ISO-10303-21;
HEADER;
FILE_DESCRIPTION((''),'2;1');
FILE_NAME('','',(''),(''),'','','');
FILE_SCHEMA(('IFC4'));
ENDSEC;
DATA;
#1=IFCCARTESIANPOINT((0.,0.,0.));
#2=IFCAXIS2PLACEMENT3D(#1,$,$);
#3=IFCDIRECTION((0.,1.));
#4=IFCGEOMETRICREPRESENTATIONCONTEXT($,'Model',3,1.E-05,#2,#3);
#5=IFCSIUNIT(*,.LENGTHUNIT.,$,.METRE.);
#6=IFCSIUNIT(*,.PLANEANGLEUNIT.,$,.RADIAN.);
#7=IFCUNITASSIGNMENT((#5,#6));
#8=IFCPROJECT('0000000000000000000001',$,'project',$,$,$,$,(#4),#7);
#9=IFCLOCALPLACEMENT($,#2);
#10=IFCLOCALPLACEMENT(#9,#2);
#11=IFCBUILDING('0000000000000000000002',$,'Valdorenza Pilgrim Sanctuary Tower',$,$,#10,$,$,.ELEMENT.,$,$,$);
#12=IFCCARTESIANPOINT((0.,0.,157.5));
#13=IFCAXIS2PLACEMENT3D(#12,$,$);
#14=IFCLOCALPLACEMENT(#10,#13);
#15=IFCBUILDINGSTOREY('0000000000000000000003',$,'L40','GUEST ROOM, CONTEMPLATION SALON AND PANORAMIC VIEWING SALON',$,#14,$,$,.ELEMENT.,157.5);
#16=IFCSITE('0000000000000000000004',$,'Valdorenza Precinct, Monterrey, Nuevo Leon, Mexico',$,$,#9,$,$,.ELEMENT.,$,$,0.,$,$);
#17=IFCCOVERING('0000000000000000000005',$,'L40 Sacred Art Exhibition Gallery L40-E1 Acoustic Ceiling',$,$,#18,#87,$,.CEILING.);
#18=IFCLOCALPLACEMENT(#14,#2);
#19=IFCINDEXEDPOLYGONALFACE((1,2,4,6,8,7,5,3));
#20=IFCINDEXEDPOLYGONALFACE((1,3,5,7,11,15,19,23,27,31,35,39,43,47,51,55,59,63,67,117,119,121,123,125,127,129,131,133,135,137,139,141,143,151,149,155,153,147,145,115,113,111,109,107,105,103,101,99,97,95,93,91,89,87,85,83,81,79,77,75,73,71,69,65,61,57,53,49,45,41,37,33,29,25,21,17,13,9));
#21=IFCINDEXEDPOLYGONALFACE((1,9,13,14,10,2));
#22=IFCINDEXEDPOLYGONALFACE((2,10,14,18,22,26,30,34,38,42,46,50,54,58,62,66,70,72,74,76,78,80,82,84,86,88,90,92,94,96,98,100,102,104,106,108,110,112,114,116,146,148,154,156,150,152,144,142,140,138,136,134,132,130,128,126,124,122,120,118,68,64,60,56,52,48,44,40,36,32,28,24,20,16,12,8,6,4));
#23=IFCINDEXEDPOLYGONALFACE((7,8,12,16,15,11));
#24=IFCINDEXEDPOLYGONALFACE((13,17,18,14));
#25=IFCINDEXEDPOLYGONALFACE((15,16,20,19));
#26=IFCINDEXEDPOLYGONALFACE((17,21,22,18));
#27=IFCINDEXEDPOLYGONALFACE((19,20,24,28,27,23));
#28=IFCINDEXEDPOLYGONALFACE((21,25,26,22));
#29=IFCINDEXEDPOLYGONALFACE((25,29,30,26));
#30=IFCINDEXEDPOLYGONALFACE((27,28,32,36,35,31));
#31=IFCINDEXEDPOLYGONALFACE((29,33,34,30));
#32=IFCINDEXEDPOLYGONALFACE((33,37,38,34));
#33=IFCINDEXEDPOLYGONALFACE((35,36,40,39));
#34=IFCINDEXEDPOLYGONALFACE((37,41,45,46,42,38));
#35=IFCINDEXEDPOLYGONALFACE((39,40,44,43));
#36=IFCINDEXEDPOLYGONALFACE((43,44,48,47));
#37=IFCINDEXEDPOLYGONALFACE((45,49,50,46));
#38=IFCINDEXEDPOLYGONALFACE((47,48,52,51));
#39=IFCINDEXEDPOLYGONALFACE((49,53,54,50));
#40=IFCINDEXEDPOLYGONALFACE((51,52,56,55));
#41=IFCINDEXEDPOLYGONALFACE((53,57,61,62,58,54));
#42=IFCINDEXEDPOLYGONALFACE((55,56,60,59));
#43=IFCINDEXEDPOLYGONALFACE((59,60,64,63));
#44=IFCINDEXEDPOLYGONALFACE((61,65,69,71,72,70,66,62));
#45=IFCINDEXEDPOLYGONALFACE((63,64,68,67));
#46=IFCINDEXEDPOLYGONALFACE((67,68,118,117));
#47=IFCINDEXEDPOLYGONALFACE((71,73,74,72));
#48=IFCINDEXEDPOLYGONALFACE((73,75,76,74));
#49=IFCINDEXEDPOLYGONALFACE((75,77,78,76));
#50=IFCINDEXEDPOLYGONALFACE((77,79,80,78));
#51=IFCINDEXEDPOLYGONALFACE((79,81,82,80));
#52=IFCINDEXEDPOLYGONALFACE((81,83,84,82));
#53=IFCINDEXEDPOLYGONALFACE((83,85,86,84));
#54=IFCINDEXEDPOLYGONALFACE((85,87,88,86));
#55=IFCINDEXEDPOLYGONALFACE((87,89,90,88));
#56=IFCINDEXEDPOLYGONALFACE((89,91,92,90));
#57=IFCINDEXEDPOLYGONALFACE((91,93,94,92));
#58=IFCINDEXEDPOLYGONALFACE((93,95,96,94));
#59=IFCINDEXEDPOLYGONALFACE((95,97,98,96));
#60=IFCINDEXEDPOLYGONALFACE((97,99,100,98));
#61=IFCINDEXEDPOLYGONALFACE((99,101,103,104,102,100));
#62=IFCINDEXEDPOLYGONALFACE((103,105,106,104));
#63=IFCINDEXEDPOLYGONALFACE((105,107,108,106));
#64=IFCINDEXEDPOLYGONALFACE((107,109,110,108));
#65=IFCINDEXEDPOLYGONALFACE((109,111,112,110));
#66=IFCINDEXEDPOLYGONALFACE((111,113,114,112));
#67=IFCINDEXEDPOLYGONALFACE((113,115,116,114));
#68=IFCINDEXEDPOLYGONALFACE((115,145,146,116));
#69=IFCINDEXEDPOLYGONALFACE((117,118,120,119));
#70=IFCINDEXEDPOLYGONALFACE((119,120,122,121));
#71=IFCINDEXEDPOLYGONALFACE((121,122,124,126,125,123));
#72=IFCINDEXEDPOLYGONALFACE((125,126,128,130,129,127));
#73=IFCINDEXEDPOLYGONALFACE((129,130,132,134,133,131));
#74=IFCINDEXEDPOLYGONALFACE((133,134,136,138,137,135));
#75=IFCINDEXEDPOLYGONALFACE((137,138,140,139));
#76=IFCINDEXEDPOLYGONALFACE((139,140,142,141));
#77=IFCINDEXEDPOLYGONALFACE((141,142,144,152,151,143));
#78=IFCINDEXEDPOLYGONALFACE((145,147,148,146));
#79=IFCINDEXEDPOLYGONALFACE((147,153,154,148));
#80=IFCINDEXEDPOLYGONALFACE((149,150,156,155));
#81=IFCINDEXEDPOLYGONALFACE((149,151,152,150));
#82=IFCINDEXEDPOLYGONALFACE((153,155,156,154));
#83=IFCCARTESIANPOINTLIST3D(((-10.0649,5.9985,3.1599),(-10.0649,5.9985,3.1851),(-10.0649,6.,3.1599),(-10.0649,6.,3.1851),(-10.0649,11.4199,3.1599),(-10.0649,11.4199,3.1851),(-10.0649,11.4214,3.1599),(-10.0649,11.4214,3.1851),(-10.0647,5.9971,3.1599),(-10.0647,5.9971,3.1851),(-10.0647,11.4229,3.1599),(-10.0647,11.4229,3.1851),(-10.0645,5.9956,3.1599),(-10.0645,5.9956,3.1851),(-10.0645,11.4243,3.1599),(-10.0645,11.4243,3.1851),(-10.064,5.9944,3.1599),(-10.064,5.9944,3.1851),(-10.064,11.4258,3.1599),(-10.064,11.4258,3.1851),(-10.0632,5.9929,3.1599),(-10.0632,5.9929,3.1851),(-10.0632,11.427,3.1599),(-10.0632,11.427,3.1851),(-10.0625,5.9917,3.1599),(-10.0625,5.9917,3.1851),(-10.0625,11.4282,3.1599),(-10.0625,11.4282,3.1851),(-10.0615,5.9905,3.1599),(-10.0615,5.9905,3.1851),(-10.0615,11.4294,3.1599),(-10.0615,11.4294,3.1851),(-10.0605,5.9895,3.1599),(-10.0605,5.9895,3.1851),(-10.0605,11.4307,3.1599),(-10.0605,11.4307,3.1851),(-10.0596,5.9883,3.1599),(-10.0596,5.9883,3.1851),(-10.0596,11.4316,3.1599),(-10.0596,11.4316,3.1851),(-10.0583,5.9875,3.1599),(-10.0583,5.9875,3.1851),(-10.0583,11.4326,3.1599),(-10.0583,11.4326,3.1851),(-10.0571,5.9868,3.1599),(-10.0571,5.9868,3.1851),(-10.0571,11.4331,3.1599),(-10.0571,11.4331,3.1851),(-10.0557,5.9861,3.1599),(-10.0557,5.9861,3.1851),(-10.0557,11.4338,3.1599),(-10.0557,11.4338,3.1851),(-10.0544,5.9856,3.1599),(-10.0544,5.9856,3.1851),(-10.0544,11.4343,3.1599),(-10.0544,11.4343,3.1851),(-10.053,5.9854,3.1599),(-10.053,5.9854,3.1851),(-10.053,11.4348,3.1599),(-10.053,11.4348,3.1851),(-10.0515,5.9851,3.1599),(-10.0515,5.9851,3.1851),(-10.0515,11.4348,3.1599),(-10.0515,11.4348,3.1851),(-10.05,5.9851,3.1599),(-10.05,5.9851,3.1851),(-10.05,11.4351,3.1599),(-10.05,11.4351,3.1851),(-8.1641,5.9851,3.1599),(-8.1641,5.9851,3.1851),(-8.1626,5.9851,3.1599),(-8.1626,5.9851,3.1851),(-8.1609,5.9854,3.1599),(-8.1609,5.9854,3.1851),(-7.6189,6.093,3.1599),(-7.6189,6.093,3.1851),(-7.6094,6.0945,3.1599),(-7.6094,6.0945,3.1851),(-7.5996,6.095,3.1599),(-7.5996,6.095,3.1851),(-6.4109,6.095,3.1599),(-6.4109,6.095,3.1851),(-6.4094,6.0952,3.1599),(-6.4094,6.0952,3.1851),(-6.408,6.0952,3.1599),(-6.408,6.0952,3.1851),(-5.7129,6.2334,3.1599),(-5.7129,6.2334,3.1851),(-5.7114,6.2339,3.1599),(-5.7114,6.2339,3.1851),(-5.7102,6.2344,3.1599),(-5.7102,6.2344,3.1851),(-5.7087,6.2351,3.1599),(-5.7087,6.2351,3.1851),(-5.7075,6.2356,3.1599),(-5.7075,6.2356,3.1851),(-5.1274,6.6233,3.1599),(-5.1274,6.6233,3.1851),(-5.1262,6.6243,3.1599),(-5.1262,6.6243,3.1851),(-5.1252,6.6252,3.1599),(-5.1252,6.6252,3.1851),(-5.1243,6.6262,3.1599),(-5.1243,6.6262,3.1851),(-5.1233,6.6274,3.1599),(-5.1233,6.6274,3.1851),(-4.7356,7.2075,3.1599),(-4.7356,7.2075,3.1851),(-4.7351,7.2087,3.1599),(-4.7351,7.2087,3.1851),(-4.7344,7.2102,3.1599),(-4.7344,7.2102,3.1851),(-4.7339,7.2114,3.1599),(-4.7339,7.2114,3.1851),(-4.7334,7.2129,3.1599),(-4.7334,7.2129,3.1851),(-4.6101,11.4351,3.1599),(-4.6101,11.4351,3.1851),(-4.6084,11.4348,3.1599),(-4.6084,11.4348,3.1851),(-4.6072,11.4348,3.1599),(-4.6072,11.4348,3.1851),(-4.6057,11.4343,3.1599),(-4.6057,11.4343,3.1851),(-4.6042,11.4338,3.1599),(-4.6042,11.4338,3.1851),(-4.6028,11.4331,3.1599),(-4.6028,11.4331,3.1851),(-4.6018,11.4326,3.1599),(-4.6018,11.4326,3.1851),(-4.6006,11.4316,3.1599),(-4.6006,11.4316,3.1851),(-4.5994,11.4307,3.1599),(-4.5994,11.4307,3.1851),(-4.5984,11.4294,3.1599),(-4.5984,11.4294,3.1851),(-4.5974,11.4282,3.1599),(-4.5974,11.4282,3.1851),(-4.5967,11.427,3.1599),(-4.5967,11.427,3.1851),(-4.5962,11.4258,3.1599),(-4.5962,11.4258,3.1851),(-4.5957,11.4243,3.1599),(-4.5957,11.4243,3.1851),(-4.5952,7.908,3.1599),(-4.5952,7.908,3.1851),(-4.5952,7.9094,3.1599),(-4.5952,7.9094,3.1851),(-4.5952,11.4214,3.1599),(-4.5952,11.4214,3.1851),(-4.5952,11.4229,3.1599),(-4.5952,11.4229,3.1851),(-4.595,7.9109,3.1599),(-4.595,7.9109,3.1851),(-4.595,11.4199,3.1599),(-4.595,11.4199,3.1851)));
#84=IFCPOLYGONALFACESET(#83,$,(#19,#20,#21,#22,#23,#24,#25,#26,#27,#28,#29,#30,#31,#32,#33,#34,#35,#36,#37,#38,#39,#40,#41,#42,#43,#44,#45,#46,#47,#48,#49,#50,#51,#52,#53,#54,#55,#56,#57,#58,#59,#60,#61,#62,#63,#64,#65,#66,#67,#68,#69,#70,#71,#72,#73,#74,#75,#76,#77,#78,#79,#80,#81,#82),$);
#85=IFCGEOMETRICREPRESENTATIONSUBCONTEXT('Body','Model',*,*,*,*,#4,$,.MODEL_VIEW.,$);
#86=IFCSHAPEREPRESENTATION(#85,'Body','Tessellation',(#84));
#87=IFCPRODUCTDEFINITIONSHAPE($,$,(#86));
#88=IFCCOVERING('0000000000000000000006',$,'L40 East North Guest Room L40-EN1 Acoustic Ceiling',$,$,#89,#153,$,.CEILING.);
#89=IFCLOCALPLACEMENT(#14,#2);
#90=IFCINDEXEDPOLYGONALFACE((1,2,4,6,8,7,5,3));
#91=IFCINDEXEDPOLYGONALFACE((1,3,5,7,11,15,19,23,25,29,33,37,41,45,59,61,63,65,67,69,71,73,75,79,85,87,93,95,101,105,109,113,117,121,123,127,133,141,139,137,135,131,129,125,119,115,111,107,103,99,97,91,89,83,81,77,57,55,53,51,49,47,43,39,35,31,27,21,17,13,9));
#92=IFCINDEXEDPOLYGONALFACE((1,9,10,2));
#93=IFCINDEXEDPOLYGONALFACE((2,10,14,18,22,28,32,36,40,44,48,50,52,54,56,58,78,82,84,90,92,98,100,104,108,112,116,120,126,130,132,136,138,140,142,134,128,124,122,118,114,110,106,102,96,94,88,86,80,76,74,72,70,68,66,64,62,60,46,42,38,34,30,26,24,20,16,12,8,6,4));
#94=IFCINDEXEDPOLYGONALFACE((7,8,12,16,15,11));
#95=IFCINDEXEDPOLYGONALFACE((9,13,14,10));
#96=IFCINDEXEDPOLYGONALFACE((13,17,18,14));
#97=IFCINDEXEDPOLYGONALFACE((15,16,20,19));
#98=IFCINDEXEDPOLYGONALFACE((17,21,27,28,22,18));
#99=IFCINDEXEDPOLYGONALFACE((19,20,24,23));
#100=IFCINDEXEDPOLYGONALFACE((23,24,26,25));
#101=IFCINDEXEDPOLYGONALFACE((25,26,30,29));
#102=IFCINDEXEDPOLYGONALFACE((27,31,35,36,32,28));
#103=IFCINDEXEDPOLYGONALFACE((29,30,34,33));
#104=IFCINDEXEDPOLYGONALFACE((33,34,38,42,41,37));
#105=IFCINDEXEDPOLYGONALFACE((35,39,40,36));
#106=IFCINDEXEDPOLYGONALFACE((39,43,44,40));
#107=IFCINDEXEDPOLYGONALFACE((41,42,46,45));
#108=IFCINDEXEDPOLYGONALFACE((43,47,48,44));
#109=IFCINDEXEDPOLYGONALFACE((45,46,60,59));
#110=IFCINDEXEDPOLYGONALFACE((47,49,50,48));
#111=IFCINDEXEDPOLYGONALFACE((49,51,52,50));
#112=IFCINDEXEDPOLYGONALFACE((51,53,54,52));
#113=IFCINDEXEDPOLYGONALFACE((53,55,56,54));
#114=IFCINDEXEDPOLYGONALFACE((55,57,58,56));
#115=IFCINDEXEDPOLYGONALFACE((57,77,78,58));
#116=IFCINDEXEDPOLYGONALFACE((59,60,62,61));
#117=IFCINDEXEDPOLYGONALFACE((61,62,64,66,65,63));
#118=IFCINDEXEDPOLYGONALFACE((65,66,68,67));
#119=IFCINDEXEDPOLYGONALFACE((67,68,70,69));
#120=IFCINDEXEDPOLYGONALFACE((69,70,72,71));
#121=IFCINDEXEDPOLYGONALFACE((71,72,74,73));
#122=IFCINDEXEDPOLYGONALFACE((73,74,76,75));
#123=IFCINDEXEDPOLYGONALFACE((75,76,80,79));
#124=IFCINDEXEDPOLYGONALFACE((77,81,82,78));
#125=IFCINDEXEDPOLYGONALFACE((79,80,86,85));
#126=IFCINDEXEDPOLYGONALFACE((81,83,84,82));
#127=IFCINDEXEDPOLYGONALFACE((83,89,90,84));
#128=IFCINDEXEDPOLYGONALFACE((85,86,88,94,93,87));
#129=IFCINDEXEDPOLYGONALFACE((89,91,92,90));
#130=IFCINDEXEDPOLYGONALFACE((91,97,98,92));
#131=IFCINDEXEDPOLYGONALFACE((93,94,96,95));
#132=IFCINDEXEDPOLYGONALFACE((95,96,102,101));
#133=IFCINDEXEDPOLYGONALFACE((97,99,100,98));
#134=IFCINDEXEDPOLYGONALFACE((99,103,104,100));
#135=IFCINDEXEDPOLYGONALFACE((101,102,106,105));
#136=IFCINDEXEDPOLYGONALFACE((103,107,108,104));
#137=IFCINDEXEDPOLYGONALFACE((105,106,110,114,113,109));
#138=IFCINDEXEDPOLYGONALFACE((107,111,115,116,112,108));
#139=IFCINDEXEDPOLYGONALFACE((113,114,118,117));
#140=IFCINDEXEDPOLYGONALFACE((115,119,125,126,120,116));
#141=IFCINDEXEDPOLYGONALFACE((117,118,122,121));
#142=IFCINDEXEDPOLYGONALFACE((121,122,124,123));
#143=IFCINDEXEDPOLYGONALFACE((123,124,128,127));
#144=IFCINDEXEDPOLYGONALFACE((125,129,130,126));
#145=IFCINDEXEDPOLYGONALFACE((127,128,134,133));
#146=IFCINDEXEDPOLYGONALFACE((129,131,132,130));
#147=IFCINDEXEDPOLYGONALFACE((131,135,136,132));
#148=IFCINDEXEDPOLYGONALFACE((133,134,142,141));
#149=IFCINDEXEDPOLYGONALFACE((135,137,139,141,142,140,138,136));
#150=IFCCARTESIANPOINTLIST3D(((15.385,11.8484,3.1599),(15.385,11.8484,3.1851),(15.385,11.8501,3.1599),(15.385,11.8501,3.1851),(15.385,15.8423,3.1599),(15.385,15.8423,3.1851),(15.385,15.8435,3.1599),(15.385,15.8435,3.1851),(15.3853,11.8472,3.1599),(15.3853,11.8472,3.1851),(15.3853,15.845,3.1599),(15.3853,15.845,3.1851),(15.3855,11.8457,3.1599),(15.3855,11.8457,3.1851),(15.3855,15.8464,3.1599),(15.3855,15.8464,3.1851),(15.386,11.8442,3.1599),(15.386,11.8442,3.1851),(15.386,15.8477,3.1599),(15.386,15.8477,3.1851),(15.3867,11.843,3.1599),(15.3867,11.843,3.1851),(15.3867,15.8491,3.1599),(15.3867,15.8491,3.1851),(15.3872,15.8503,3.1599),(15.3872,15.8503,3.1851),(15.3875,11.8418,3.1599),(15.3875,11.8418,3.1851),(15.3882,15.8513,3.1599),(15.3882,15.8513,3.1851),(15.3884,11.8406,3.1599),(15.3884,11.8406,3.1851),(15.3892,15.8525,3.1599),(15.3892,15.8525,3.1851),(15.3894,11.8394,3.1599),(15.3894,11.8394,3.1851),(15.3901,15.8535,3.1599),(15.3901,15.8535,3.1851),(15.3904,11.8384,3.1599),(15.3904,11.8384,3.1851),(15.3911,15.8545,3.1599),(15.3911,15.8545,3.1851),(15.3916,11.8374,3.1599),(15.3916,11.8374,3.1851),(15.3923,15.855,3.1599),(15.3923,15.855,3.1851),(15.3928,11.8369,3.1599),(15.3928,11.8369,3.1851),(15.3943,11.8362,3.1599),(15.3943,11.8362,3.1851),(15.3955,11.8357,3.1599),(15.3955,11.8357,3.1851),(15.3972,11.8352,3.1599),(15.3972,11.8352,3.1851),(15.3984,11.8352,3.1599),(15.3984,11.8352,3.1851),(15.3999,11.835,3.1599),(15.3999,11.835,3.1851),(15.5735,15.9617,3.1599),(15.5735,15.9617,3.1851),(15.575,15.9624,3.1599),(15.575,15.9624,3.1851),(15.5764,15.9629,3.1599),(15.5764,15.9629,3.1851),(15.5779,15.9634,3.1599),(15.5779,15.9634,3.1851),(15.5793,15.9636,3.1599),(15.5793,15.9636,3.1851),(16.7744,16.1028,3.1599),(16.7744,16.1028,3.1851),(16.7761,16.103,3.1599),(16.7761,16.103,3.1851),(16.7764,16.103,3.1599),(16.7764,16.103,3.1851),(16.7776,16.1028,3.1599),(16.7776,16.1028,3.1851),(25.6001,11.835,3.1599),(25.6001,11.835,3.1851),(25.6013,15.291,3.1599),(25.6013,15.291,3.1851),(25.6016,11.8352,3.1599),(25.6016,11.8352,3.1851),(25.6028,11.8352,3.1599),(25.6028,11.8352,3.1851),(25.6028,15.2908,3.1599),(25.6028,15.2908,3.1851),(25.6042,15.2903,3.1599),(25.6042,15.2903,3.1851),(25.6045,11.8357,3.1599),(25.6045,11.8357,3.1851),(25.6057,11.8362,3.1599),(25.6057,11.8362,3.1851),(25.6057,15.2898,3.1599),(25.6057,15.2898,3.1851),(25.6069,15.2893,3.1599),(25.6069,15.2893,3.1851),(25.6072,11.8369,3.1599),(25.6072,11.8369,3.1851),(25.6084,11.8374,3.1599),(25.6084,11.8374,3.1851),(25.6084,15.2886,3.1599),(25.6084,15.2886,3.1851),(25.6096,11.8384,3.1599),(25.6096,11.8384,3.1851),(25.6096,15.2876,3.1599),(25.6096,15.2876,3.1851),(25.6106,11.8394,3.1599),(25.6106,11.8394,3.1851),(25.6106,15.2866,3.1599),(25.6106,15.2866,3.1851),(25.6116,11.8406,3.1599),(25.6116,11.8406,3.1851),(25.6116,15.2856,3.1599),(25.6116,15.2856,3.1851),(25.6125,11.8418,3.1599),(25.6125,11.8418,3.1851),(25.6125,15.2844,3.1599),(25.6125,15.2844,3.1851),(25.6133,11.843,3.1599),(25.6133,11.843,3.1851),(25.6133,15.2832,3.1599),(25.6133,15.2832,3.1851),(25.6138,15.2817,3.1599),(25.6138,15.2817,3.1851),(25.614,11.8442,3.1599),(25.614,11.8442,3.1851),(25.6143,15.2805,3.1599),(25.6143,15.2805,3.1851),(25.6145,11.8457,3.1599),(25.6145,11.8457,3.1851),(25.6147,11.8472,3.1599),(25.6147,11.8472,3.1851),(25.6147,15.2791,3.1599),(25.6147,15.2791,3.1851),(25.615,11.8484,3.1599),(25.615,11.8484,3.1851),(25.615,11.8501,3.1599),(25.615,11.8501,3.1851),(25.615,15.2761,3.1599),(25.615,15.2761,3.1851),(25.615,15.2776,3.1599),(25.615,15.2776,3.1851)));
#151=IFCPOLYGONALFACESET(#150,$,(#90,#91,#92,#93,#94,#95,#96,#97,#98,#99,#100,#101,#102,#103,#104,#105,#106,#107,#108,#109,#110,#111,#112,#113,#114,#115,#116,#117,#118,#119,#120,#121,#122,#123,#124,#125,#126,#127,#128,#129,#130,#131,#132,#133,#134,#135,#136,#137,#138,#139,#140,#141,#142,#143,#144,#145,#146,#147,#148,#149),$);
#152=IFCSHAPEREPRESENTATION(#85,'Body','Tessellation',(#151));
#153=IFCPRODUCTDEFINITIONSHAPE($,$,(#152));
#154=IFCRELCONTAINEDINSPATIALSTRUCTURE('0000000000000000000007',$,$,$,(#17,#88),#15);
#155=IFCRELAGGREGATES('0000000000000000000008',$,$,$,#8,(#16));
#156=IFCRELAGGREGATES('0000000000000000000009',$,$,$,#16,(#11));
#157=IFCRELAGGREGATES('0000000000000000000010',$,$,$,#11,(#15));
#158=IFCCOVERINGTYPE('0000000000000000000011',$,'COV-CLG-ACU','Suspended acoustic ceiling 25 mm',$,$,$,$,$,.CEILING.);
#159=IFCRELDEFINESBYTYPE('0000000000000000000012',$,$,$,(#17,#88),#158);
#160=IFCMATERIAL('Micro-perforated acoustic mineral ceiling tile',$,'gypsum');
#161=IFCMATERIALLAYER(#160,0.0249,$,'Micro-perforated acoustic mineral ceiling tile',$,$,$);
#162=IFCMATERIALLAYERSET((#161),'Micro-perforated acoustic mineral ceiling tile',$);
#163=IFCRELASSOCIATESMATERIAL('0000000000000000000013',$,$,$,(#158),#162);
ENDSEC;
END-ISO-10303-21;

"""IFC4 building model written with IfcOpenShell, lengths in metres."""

from ifc_helpers import new_model, si_unit, direction, frame, origin, place, context, subcontext, project, spatial, polyline, outline, extrude, material, layer, layer_set, type_object, element, save


model = new_model("IFC4")

# Units and contexts
model_context = context("Model", 3, precision=1e-05, world=origin(), true_north=direction((0.0, 1.0)))
body_context = subcontext(model_context, "Body", "Model", "MODEL_VIEW")
ifc_project = project(units=[si_unit("LENGTHUNIT", "METRE"), si_unit("PLANEANGLEUNIT", "RADIAN")], contexts=[model_context])

# Site, building, storey
site_placement = place(None, origin())
site = spatial("IfcSite", under=ifc_project, at=site_placement, Name="Valdorenza Precinct, Monterrey, Nuevo Leon, Mexico", CompositionType="ELEMENT", RefElevation=0.0)
building_placement = place(site_placement, origin())
building = spatial("IfcBuilding", under=site, at=building_placement, Name="Valdorenza Pilgrim Sanctuary Tower", CompositionType="ELEMENT")
storey_placement = place(building_placement, frame((0.0, 0.0, 157.5)))
storey = spatial("IfcBuildingStorey", under=building, at=storey_placement, Name="L40", Description="GUEST ROOM, CONTEMPLATION SALON AND PANORAMIC VIEWING SALON", CompositionType="ELEMENT", Elevation=157.5)

# Coverings
ifc_material_1 = material(Name="Micro-perforated acoustic mineral ceiling tile", Category="gypsum")
ifc_layer_1 = layer(ifc_material_1, 0.0249, Name="Micro-perforated acoustic mineral ceiling tile")
ifc_layer_set_1 = layer_set([ifc_layer_1], Name="Micro-perforated acoustic mineral ceiling tile")
covering_type_1 = type_object("IfcCoveringType", Name="COV-CLG-ACU", Description="Suspended acoustic ceiling 25 mm", PredefinedType="CEILING", material=ifc_layer_set_1)
covering_1_placement = place(storey_placement, frame((0.0, 0.0, 3.1599)))
element("IfcCovering", 1, at=covering_1_placement, inside=storey, type_object=covering_type_1, Name="L40 Sacred Art Exhibition Gallery L40-E1 Acoustic Ceiling", PredefinedType="CEILING", context=body_context, shape_type="SweptSolid", body=[
    extrude(outline(polyline([(-10.0649, 11.4199), (-10.0649, 11.4214), (-10.0647, 11.4229), (-10.0645, 11.4243), (-10.064, 11.4258), (-10.0632, 11.427), (-10.0625, 11.4282), (-10.0615, 11.4294), (-10.0605, 11.4307), (-10.0596, 11.4316), (-10.0583, 11.4326), (-10.0571, 11.4331), (-10.0557, 11.4338), (-10.0544, 11.4343), (-10.053, 11.4348), (-10.0515, 11.4348), (-10.05, 11.4351), (-4.6101, 11.4351), (-4.6084, 11.4348), (-4.6072, 11.4348), (-4.6057, 11.4343), (-4.6042, 11.4338), (-4.6028, 11.4331), (-4.6018, 11.4326), (-4.6006, 11.4316), (-4.5994, 11.4307), (-4.5984, 11.4294), (-4.5974, 11.4282), (-4.5967, 11.427), (-4.5962, 11.4258), (-4.5957, 11.4243), (-4.5952, 11.4229), (-4.5952, 11.4214), (-4.595, 11.4199), (-4.595, 7.9109), (-4.5952, 7.9094), (-4.5952, 7.908), (-4.7334, 7.2129), (-4.7339, 7.2114), (-4.7344, 7.2102), (-4.7351, 7.2087), (-4.7356, 7.2075), (-5.1233, 6.6274), (-5.1243, 6.6262), (-5.1252, 6.6252), (-5.1262, 6.6243), (-5.1274, 6.6233), (-5.7075, 6.2356), (-5.7087, 6.2351), (-5.7102, 6.2344), (-5.7114, 6.2339), (-5.7129, 6.2334), (-6.408, 6.0952), (-6.4094, 6.0952), (-6.4109, 6.095), (-7.5996, 6.095), (-7.6094, 6.0945), (-7.6189, 6.093), (-8.1609, 5.9854), (-8.1626, 5.9851), (-8.1641, 5.9851), (-10.05, 5.9851), (-10.0515, 5.9851), (-10.053, 5.9854), (-10.0544, 5.9856), (-10.0557, 5.9861), (-10.0571, 5.9868), (-10.0583, 5.9875), (-10.0596, 5.9883), (-10.0605, 5.9895), (-10.0615, 5.9905), (-10.0625, 5.9917), (-10.0632, 5.9929), (-10.064, 5.9944), (-10.0645, 5.9956), (-10.0647, 5.9971), (-10.0649, 5.9985), (-10.0649, 6.0), (-10.0649, 11.4199)])), origin(), (0.0, 0.0, 1.0), 0.0251),
])
covering_2_placement = place(storey_placement, frame((0.0, 0.0, 3.1599)))
element("IfcCovering", 2, at=covering_2_placement, inside=storey, type_object=covering_type_1, Name="L40 East North Guest Room L40-EN1 Acoustic Ceiling", PredefinedType="CEILING", context=body_context, shape_type="SweptSolid", body=[
    extrude(outline(polyline([(15.5735, 15.9617), (15.575, 15.9624), (15.5764, 15.9629), (15.5779, 15.9634), (15.5793, 15.9636), (16.7744, 16.1028), (16.7761, 16.103), (16.7764, 16.103), (16.7776, 16.1028), (25.6013, 15.291), (25.6028, 15.2908), (25.6042, 15.2903), (25.6057, 15.2898), (25.6069, 15.2893), (25.6084, 15.2886), (25.6096, 15.2876), (25.6106, 15.2866), (25.6116, 15.2856), (25.6125, 15.2844), (25.6133, 15.2832), (25.6138, 15.2817), (25.6143, 15.2805), (25.6147, 15.2791), (25.615, 15.2776), (25.615, 15.2761), (25.615, 11.8501), (25.615, 11.8484), (25.6147, 11.8472), (25.6145, 11.8457), (25.614, 11.8442), (25.6133, 11.843), (25.6125, 11.8418), (25.6116, 11.8406), (25.6106, 11.8394), (25.6096, 11.8384), (25.6084, 11.8374), (25.6072, 11.8369), (25.6057, 11.8362), (25.6045, 11.8357), (25.6028, 11.8352), (25.6016, 11.8352), (25.6001, 11.835), (15.3999, 11.835), (15.3984, 11.8352), (15.3972, 11.8352), (15.3955, 11.8357), (15.3943, 11.8362), (15.3928, 11.8369), (15.3916, 11.8374), (15.3904, 11.8384), (15.3894, 11.8394), (15.3884, 11.8406), (15.3875, 11.8418), (15.3867, 11.843), (15.386, 11.8442), (15.3855, 11.8457), (15.3853, 11.8472), (15.385, 11.8484), (15.385, 11.8501), (15.385, 15.8423), (15.385, 15.8435), (15.3853, 15.845), (15.3855, 15.8464), (15.386, 15.8477), (15.3867, 15.8491), (15.3872, 15.8503), (15.3882, 15.8513), (15.3892, 15.8525), (15.3901, 15.8535), (15.3911, 15.8545), (15.3923, 15.855), (15.5735, 15.9617)])), origin(), (0.0, 0.0, 1.0), 0.0251),
])

save(model, "model.ifc")
